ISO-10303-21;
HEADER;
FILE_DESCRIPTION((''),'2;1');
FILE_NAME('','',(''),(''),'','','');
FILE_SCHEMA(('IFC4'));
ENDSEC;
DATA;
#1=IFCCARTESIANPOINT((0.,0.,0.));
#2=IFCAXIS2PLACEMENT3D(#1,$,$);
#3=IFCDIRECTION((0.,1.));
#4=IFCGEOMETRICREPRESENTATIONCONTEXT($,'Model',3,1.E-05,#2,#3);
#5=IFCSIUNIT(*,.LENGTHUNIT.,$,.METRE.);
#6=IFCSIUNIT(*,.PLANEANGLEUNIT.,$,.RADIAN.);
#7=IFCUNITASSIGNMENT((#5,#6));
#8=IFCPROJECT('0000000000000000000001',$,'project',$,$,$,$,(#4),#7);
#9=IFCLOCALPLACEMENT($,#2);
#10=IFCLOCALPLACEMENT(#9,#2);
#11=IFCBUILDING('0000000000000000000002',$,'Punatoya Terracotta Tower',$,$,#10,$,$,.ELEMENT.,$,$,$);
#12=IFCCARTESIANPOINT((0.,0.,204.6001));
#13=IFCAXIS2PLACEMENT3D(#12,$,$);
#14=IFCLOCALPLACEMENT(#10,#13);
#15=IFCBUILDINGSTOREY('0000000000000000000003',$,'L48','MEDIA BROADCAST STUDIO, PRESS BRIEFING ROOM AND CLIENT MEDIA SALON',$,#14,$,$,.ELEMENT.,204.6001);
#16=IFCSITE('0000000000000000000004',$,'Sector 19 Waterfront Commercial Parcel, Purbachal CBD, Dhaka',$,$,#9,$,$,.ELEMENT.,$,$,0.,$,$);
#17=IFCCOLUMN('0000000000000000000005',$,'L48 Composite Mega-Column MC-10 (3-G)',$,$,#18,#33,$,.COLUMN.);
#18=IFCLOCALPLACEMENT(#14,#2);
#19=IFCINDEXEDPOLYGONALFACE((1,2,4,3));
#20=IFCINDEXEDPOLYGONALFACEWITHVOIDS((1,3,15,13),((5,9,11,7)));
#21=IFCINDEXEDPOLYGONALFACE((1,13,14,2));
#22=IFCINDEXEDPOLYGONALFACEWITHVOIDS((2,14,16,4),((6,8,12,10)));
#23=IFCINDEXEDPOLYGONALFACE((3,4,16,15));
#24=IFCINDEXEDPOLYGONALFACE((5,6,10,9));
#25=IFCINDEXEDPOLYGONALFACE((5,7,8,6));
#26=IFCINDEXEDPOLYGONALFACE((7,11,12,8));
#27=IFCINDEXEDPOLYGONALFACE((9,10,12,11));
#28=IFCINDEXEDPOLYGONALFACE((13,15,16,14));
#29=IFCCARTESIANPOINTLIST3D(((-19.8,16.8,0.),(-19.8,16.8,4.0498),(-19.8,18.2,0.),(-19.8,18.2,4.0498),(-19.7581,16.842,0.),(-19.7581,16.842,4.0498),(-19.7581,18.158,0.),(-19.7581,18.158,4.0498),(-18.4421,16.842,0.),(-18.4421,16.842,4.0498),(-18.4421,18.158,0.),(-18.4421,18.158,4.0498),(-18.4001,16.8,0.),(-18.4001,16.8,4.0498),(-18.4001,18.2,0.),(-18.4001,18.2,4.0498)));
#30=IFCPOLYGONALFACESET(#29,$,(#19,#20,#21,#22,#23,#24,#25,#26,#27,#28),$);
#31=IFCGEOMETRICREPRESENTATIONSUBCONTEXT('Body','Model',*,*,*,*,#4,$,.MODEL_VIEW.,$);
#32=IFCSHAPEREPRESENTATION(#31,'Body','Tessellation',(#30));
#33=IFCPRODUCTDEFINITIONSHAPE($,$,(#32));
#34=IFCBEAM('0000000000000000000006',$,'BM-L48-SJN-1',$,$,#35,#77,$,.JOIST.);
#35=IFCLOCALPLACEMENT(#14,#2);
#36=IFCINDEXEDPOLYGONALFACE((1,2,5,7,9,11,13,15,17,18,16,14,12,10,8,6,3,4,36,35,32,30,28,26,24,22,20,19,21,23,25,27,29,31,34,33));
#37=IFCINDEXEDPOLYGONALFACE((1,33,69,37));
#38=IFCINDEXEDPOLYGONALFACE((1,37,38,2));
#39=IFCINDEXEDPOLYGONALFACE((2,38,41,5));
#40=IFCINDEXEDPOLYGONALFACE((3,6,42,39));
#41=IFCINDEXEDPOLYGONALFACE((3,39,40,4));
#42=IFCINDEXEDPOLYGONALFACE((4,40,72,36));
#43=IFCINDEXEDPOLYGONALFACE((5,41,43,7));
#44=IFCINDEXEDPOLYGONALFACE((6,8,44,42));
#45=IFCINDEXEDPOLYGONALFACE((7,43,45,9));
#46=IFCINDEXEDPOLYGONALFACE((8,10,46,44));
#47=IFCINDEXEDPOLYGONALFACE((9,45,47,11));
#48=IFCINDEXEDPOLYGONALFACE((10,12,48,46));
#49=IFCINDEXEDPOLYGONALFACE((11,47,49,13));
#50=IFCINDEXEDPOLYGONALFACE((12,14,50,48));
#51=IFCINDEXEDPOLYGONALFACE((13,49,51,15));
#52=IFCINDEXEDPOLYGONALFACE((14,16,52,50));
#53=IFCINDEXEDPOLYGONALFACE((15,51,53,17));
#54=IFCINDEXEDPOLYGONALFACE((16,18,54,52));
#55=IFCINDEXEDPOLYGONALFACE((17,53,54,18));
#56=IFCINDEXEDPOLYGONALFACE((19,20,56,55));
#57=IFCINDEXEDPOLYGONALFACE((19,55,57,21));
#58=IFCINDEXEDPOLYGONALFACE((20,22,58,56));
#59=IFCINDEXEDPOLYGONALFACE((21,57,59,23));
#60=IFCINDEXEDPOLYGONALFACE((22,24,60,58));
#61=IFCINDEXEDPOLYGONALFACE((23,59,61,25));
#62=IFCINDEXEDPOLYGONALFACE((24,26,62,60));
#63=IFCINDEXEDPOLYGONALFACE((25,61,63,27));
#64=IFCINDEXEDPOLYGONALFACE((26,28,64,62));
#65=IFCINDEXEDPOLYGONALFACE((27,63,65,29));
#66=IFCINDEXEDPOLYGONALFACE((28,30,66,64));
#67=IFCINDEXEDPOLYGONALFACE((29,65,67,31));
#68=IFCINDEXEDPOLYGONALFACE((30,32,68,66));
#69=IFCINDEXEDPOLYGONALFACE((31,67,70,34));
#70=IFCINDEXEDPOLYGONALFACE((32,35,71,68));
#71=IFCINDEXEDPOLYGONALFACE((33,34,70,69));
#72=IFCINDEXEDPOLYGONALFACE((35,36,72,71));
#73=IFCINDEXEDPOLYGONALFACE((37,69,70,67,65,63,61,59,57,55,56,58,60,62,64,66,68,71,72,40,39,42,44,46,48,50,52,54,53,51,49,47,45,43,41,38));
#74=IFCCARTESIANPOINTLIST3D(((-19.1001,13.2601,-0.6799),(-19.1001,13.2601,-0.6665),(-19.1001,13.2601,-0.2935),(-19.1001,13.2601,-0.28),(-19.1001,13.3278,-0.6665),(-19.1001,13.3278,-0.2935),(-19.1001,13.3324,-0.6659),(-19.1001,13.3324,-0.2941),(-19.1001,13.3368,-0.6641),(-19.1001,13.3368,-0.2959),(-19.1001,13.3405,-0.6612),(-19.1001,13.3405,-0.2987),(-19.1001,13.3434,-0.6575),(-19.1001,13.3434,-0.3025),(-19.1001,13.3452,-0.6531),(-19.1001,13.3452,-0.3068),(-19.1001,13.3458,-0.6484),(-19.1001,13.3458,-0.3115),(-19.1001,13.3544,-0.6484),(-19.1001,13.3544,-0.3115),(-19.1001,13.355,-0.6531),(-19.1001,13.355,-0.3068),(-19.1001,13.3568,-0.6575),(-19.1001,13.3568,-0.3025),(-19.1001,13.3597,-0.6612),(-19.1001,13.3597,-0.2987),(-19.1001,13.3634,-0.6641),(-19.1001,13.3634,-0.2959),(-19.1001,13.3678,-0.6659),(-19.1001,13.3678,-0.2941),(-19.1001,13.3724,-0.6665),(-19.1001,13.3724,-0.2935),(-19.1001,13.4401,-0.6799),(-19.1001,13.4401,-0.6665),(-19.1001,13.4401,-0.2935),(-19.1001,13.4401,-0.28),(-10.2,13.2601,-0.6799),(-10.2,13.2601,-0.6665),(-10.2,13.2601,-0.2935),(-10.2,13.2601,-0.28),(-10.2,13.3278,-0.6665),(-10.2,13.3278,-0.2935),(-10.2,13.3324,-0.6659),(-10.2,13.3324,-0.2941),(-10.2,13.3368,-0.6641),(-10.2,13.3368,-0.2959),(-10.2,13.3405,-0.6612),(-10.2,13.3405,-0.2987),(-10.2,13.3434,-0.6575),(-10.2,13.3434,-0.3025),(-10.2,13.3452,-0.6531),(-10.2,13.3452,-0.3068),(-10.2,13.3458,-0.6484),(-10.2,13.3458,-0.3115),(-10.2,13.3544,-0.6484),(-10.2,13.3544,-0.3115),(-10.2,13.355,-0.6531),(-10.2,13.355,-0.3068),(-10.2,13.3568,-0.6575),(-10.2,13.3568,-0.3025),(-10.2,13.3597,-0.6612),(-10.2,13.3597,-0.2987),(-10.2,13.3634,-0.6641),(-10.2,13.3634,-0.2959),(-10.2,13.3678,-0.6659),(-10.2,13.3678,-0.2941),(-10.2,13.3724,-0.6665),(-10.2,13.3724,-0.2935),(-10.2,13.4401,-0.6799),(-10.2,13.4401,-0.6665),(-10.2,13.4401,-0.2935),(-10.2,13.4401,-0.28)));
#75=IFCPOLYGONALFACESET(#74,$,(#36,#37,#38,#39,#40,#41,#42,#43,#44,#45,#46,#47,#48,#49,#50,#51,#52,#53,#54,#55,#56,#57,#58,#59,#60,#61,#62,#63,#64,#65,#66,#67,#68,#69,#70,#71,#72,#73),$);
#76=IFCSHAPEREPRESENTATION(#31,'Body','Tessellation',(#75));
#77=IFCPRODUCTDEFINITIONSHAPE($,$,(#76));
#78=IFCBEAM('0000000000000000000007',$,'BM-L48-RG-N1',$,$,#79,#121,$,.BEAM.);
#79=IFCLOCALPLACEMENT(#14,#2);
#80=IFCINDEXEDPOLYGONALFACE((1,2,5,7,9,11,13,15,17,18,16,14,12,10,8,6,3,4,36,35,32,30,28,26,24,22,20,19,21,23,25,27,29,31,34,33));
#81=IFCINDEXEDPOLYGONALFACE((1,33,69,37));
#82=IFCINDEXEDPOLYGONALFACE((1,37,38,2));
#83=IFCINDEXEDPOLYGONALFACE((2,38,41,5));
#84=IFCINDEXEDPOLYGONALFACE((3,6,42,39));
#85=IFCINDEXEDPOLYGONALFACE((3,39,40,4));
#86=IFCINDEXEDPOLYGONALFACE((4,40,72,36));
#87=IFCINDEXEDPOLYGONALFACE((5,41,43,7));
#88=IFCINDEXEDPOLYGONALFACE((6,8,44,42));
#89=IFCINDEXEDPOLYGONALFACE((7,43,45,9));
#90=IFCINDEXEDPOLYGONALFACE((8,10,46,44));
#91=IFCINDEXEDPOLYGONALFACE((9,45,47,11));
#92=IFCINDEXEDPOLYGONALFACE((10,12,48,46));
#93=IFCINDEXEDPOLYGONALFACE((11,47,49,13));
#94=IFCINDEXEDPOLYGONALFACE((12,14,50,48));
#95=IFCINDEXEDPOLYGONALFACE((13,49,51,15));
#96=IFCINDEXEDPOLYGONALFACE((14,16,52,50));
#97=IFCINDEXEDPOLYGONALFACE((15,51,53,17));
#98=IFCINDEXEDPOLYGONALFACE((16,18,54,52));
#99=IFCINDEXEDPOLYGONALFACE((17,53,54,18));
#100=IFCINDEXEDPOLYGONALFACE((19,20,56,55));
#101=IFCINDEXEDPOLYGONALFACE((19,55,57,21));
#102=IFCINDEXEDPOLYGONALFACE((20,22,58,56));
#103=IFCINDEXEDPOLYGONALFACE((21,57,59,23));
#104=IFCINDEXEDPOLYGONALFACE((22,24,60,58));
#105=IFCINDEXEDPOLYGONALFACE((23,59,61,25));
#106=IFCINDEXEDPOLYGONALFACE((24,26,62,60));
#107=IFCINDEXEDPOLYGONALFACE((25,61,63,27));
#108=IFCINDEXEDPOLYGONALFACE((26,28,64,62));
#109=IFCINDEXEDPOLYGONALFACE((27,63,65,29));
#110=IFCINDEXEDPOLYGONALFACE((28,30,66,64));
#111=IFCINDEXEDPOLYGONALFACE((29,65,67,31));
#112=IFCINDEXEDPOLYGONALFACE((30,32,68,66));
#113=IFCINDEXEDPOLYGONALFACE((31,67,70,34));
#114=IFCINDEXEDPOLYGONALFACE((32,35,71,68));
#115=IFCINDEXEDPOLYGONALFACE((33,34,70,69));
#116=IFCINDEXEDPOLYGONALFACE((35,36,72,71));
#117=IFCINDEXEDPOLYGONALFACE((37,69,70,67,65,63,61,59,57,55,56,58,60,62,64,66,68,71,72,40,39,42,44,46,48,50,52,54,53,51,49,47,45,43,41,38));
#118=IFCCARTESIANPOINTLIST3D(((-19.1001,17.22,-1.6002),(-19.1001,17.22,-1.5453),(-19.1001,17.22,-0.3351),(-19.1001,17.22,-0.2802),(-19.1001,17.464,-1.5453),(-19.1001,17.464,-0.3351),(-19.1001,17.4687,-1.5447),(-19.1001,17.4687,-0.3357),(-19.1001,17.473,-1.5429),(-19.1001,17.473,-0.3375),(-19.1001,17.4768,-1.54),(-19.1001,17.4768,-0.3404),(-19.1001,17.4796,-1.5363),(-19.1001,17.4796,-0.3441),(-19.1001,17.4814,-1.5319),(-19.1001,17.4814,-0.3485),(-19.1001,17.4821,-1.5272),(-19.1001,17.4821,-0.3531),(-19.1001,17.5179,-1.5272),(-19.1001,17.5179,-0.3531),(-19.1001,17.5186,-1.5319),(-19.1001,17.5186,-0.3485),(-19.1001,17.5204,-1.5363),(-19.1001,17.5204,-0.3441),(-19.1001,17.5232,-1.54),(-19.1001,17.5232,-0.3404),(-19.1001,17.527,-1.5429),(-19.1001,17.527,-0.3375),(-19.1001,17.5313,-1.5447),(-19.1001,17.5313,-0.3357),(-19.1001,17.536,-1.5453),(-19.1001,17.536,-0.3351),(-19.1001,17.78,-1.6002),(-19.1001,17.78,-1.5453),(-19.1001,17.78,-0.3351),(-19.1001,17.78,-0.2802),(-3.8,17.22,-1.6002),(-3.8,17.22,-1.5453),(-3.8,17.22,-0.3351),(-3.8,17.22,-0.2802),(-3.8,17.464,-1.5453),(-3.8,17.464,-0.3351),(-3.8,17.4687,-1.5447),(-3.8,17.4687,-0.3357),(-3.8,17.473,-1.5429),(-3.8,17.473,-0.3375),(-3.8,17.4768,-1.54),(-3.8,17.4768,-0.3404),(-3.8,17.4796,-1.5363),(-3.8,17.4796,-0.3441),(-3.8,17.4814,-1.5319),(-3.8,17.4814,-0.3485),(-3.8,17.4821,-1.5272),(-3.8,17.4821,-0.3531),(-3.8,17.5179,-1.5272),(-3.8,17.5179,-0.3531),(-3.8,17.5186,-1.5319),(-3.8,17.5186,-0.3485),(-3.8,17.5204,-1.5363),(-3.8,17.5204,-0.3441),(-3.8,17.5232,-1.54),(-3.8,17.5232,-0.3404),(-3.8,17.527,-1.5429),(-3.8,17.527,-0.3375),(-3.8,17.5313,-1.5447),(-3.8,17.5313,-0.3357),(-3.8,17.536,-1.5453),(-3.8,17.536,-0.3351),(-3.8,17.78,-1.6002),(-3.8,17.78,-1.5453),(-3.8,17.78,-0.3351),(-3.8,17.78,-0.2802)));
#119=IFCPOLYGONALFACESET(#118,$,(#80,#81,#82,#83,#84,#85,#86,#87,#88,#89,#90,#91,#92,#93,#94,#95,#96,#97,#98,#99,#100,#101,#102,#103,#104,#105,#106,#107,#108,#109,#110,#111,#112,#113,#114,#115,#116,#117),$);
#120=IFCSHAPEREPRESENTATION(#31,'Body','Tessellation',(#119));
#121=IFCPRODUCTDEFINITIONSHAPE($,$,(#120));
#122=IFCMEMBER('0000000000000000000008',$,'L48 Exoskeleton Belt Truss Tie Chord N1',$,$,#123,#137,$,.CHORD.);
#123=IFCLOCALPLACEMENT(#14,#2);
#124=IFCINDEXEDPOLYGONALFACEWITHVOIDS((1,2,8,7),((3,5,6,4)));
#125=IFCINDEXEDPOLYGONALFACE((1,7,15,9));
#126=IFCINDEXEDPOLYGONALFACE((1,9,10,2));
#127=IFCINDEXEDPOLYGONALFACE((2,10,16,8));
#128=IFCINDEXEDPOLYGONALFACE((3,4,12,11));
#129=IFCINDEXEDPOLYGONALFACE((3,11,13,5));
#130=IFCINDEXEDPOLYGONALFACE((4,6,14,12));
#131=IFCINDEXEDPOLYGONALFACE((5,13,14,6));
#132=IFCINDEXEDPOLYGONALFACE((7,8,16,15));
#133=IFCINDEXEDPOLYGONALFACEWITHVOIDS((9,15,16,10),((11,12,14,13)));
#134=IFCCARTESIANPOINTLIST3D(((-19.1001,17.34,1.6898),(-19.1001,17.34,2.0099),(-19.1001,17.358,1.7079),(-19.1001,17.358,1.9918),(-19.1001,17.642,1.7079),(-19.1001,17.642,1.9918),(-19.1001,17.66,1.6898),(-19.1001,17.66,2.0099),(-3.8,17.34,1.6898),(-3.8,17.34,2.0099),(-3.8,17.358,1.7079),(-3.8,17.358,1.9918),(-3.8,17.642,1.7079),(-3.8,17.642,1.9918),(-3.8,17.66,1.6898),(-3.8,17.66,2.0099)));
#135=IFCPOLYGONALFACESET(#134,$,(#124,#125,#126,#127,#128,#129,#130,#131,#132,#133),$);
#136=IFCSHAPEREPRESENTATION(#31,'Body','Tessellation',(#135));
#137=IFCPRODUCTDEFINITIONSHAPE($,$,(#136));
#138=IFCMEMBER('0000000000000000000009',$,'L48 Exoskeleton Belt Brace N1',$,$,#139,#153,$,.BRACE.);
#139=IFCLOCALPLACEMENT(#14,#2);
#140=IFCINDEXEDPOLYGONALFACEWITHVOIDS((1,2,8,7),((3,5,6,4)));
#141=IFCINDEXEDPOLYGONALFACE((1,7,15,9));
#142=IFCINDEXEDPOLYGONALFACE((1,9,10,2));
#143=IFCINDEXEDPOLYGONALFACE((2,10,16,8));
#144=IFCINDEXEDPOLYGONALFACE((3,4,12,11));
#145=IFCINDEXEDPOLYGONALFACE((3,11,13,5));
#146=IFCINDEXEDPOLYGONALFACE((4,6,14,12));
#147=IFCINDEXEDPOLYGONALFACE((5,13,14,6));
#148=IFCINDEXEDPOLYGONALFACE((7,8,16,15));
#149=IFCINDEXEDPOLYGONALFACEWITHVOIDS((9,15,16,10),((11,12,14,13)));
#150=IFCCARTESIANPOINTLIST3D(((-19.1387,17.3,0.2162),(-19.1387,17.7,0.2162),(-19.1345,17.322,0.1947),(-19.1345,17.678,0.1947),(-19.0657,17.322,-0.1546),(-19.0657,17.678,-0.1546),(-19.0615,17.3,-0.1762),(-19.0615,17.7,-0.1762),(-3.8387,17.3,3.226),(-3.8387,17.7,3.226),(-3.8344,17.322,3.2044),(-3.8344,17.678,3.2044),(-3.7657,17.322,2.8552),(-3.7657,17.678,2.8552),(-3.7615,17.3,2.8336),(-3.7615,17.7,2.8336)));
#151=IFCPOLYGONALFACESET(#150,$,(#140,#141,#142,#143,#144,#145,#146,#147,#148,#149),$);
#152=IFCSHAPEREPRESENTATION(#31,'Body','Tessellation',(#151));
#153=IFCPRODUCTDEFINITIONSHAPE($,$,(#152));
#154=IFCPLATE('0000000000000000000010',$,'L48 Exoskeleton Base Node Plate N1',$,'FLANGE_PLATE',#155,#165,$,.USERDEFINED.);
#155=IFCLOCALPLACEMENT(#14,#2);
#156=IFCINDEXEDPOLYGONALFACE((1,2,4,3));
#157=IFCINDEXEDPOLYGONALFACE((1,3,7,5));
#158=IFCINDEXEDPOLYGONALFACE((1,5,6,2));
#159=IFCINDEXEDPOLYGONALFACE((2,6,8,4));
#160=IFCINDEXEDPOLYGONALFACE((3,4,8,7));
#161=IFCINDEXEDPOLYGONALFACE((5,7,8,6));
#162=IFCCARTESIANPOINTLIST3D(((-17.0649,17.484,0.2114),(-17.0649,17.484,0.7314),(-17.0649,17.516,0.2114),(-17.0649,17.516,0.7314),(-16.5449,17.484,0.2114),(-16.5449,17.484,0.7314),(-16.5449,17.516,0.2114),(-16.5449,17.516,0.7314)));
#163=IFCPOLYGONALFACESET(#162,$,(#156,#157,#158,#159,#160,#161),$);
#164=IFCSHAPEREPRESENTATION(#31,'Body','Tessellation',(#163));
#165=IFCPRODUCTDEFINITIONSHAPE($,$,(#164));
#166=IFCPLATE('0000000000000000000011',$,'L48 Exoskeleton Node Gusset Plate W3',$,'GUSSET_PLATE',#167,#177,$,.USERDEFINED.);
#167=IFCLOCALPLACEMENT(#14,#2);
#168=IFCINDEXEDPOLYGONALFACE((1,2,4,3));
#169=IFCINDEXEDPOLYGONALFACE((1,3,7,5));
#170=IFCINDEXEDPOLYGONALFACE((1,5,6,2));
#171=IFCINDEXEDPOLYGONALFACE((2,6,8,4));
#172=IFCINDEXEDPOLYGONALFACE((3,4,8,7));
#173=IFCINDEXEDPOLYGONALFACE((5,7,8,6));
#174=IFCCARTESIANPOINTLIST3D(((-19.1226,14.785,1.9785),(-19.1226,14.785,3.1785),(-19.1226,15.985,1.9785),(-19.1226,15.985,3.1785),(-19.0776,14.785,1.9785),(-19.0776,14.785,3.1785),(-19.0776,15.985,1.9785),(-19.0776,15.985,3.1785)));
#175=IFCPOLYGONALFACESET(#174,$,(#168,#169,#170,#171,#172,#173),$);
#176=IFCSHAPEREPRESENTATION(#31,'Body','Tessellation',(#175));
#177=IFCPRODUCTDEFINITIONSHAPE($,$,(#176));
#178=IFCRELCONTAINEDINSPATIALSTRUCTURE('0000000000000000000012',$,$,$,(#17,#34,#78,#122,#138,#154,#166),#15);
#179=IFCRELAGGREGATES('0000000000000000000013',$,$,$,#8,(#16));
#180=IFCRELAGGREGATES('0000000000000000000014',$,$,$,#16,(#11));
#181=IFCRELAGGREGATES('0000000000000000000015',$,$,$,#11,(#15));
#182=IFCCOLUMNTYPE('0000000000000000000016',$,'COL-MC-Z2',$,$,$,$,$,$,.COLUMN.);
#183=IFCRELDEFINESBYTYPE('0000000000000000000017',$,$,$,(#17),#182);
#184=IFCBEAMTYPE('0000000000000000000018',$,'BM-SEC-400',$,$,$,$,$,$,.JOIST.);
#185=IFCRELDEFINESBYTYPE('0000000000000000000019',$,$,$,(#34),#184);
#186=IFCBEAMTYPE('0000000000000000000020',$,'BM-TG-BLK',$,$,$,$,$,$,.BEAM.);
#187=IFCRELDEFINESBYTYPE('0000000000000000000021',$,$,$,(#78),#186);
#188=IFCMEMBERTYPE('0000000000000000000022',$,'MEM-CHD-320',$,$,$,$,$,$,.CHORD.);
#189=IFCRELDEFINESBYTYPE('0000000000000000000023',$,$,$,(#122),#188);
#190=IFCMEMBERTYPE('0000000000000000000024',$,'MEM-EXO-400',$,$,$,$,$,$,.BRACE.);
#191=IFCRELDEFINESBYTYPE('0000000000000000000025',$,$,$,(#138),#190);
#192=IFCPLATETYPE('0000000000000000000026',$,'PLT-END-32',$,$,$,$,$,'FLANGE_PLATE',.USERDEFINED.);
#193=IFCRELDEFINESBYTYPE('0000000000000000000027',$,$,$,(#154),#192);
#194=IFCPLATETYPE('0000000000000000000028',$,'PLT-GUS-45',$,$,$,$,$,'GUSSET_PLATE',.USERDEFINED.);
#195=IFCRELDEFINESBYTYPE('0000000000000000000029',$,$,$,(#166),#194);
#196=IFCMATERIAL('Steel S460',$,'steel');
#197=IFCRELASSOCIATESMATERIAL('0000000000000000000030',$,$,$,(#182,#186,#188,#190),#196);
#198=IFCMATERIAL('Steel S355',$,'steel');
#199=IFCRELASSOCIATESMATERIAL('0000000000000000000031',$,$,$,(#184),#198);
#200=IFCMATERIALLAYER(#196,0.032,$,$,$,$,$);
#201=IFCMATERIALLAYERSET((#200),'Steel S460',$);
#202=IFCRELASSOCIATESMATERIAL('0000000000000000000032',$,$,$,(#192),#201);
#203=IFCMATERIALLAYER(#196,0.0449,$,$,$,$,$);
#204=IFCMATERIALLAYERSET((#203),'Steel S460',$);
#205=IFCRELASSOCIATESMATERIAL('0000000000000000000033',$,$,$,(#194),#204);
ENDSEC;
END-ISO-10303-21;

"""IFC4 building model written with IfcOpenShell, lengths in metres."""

from ifc_helpers import new_model, si_unit, direction, frame, origin, origin_2d, place, context, subcontext, project, spatial, rectangle, hollow_rectangle, i_section, extrude, material, layer, layer_set, material_profile, profile_set, type_object, element, save


model = new_model("IFC4")

# Units and contexts
model_context = context("Model", 3, precision=1e-05, world=origin(), true_north=direction((0.0, 1.0)))
body_context = subcontext(model_context, "Body", "Model", "MODEL_VIEW")
ifc_project = project(units=[si_unit("LENGTHUNIT", "METRE"), si_unit("PLANEANGLEUNIT", "RADIAN")], contexts=[model_context])

# Site, building, storey
site_placement = place(None, origin())
site = spatial("IfcSite", under=ifc_project, at=site_placement, Name="Sector 19 Waterfront Commercial Parcel, Purbachal CBD, Dhaka", CompositionType="ELEMENT", RefElevation=0.0)
building_placement = place(site_placement, origin())
building = spatial("IfcBuilding", under=site, at=building_placement, Name="Punatoya Terracotta Tower", CompositionType="ELEMENT")
storey_placement = place(building_placement, frame((0.0, 0.0, 204.6001)))
storey = spatial("IfcBuildingStorey", under=building, at=storey_placement, Name="L48", Description="MEDIA BROADCAST STUDIO, PRESS BRIEFING ROOM AND CLIENT MEDIA SALON", CompositionType="ELEMENT", Elevation=204.6001)

# Column
ifc_material_1 = material(Name="Steel S460", Category="steel")
ifc_material_profile_1 = material_profile(ifc_material_1, hollow_rectangle(XDim=1.3999, YDim=1.3999, WallThickness=0.042, at=origin_2d()))
ifc_profile_set_1 = profile_set([ifc_material_profile_1], Name="Steel S460")
column_type = type_object("IfcColumnType", Name="COL-MC-Z2", PredefinedType="COLUMN", material=ifc_profile_set_1)
column_placement = place(storey_placement, frame((-19.1001, 17.5, 0.0), z_axis=(0.0, 0.0, 1.0), x_axis=(1.0, 0.0, 0.0)))
element("IfcColumn", 1, at=column_placement, inside=storey, type_object=column_type, Name="L48 Composite Mega-Column MC-10 (3-G)", PredefinedType="COLUMN", context=body_context, shape_type="SweptSolid", body=[
    extrude(hollow_rectangle(XDim=1.3999, YDim=1.3999, WallThickness=0.042, at=origin_2d()), origin(), (0.0, 0.0, 1.0), 4.0498),
])

# Beams
ifc_material_2 = material(Name="Steel S355", Category="steel")
ifc_material_profile_2 = material_profile(ifc_material_2, i_section(OverallWidth=0.1799, OverallDepth=0.3999, WebThickness=0.0085, FlangeThickness=0.0134, FilletRadius=0.0181, at=origin_2d()))
ifc_profile_set_2 = profile_set([ifc_material_profile_2], Name="Steel S355")
beam_type_1 = type_object("IfcBeamType", Name="BM-SEC-400", PredefinedType="JOIST", material=ifc_profile_set_2)
beam_1_placement = place(storey_placement, frame((-19.1001, 13.3501, -0.48), z_axis=(1.0, 0.0, 0.0), x_axis=(0.0, 1.0, 0.0)))
element("IfcBeam", 2, at=beam_1_placement, inside=storey, type_object=beam_type_1, Name="BM-L48-SJN-1", PredefinedType="JOIST", context=body_context, shape_type="SweptSolid", body=[
    extrude(i_section(OverallWidth=0.1799, OverallDepth=0.3999, WebThickness=0.0085, FlangeThickness=0.0134, FilletRadius=0.0181, at=origin_2d()), origin(), (0.0, 0.0, 1.0), 8.9001),
])
ifc_material_profile_3 = material_profile(ifc_material_1, i_section(OverallWidth=0.5601, OverallDepth=1.3201, WebThickness=0.0359, FlangeThickness=0.0549, FilletRadius=0.0181, at=origin_2d()))
ifc_profile_set_3 = profile_set([ifc_material_profile_3], Name="Steel S460")
beam_type_2 = type_object("IfcBeamType", Name="BM-TG-BLK", PredefinedType="BEAM", material=ifc_profile_set_3)
beam_2_placement = place(storey_placement, frame((-19.1001, 17.5, -0.9402), z_axis=(1.0, 0.0, 0.0), x_axis=(0.0, 1.0, 0.0)))
element("IfcBeam", 3, at=beam_2_placement, inside=storey, type_object=beam_type_2, Name="BM-L48-RG-N1", PredefinedType="BEAM", context=body_context, shape_type="SweptSolid", body=[
    extrude(i_section(OverallWidth=0.5601, OverallDepth=1.3201, WebThickness=0.0359, FlangeThickness=0.0549, FilletRadius=0.0181, at=origin_2d()), origin(), (0.0, 0.0, 1.0), 15.3),
])

# Members
ifc_material_profile_4 = material_profile(ifc_material_1, hollow_rectangle(XDim=0.3201, YDim=0.3201, WallThickness=0.0181, at=origin_2d()))
ifc_profile_set_4 = profile_set([ifc_material_profile_4], Name="Steel S460")
member_type_1 = type_object("IfcMemberType", Name="MEM-CHD-320", PredefinedType="CHORD", material=ifc_profile_set_4)
member_1_placement = place(storey_placement, frame((-19.1001, 17.5, 1.8499), z_axis=(1.0, 0.0, 0.0), x_axis=(0.0, 1.0, 0.0)))
element("IfcMember", 4, at=member_1_placement, inside=storey, type_object=member_type_1, Name="L48 Exoskeleton Belt Truss Tie Chord N1", PredefinedType="CHORD", context=body_context, shape_type="SweptSolid", body=[
    extrude(hollow_rectangle(XDim=0.3201, YDim=0.3201, WallThickness=0.0181, at=origin_2d()), origin(), (0.0, 0.0, 1.0), 15.3),
])
ifc_material_profile_5 = material_profile(ifc_material_1, hollow_rectangle(XDim=0.3999, YDim=0.3999, WallThickness=0.022, at=origin_2d()))
ifc_profile_set_5 = profile_set([ifc_material_profile_5], Name="Steel S460")
member_type_2 = type_object("IfcMemberType", Name="MEM-EXO-400", PredefinedType="BRACE", material=ifc_profile_set_5)
member_2_placement = place(storey_placement, frame((-19.1001, 17.5, 0.02), z_axis=(0.981195, 0.0, 0.193017), x_axis=(0.0, 1.0, 0.0)))
element("IfcMember", 5, at=member_2_placement, inside=storey, type_object=member_type_2, Name="L48 Exoskeleton Belt Brace N1", PredefinedType="BRACE", context=body_context, shape_type="SweptSolid", body=[
    extrude(hollow_rectangle(XDim=0.3999, YDim=0.3999, WallThickness=0.022, at=origin_2d()), origin(), (0.0, 0.0, 1.0), 15.5933),
])

# Plates
ifc_layer_1 = layer(ifc_material_1, 0.032)
ifc_layer_set_1 = layer_set([ifc_layer_1], Name="Steel S460")
plate_type_1 = type_object("IfcPlateType", Name="PLT-END-32", ElementType="FLANGE_PLATE", PredefinedType="USERDEFINED", material=ifc_layer_set_1)
plate_1_placement = place(storey_placement, frame((-16.8049, 17.5, 0.2114), z_axis=(0.0, 0.0, 1.0), x_axis=(1.0, 0.0, 0.0)))
element("IfcPlate", 6, at=plate_1_placement, inside=storey, type_object=plate_type_1, Name="L48 Exoskeleton Base Node Plate N1", ObjectType="FLANGE_PLATE", PredefinedType="USERDEFINED", context=body_context, shape_type="SweptSolid", body=[
    extrude(rectangle(XDim=0.52, YDim=0.032, at=origin_2d()), origin(), (0.0, 0.0, 1.0), 0.52),
])
ifc_layer_2 = layer(ifc_material_1, 0.0449)
ifc_layer_set_2 = layer_set([ifc_layer_2], Name="Steel S460")
plate_type_2 = type_object("IfcPlateType", Name="PLT-GUS-45", ElementType="GUSSET_PLATE", PredefinedType="USERDEFINED", material=ifc_layer_set_2)
plate_2_placement = place(storey_placement, frame((-19.1001, 15.385, 1.9785), z_axis=(0.0, 0.0, 1.0), x_axis=(0.0, 1.0, 0.0)))
element("IfcPlate", 7, at=plate_2_placement, inside=storey, type_object=plate_type_2, Name="L48 Exoskeleton Node Gusset Plate W3", ObjectType="GUSSET_PLATE", PredefinedType="USERDEFINED", context=body_context, shape_type="SweptSolid", body=[
    extrude(rectangle(XDim=1.2, YDim=0.0449, at=origin_2d()), origin(), (0.0, 0.0, 1.0), 1.2),
])

save(model, "model.ifc")
